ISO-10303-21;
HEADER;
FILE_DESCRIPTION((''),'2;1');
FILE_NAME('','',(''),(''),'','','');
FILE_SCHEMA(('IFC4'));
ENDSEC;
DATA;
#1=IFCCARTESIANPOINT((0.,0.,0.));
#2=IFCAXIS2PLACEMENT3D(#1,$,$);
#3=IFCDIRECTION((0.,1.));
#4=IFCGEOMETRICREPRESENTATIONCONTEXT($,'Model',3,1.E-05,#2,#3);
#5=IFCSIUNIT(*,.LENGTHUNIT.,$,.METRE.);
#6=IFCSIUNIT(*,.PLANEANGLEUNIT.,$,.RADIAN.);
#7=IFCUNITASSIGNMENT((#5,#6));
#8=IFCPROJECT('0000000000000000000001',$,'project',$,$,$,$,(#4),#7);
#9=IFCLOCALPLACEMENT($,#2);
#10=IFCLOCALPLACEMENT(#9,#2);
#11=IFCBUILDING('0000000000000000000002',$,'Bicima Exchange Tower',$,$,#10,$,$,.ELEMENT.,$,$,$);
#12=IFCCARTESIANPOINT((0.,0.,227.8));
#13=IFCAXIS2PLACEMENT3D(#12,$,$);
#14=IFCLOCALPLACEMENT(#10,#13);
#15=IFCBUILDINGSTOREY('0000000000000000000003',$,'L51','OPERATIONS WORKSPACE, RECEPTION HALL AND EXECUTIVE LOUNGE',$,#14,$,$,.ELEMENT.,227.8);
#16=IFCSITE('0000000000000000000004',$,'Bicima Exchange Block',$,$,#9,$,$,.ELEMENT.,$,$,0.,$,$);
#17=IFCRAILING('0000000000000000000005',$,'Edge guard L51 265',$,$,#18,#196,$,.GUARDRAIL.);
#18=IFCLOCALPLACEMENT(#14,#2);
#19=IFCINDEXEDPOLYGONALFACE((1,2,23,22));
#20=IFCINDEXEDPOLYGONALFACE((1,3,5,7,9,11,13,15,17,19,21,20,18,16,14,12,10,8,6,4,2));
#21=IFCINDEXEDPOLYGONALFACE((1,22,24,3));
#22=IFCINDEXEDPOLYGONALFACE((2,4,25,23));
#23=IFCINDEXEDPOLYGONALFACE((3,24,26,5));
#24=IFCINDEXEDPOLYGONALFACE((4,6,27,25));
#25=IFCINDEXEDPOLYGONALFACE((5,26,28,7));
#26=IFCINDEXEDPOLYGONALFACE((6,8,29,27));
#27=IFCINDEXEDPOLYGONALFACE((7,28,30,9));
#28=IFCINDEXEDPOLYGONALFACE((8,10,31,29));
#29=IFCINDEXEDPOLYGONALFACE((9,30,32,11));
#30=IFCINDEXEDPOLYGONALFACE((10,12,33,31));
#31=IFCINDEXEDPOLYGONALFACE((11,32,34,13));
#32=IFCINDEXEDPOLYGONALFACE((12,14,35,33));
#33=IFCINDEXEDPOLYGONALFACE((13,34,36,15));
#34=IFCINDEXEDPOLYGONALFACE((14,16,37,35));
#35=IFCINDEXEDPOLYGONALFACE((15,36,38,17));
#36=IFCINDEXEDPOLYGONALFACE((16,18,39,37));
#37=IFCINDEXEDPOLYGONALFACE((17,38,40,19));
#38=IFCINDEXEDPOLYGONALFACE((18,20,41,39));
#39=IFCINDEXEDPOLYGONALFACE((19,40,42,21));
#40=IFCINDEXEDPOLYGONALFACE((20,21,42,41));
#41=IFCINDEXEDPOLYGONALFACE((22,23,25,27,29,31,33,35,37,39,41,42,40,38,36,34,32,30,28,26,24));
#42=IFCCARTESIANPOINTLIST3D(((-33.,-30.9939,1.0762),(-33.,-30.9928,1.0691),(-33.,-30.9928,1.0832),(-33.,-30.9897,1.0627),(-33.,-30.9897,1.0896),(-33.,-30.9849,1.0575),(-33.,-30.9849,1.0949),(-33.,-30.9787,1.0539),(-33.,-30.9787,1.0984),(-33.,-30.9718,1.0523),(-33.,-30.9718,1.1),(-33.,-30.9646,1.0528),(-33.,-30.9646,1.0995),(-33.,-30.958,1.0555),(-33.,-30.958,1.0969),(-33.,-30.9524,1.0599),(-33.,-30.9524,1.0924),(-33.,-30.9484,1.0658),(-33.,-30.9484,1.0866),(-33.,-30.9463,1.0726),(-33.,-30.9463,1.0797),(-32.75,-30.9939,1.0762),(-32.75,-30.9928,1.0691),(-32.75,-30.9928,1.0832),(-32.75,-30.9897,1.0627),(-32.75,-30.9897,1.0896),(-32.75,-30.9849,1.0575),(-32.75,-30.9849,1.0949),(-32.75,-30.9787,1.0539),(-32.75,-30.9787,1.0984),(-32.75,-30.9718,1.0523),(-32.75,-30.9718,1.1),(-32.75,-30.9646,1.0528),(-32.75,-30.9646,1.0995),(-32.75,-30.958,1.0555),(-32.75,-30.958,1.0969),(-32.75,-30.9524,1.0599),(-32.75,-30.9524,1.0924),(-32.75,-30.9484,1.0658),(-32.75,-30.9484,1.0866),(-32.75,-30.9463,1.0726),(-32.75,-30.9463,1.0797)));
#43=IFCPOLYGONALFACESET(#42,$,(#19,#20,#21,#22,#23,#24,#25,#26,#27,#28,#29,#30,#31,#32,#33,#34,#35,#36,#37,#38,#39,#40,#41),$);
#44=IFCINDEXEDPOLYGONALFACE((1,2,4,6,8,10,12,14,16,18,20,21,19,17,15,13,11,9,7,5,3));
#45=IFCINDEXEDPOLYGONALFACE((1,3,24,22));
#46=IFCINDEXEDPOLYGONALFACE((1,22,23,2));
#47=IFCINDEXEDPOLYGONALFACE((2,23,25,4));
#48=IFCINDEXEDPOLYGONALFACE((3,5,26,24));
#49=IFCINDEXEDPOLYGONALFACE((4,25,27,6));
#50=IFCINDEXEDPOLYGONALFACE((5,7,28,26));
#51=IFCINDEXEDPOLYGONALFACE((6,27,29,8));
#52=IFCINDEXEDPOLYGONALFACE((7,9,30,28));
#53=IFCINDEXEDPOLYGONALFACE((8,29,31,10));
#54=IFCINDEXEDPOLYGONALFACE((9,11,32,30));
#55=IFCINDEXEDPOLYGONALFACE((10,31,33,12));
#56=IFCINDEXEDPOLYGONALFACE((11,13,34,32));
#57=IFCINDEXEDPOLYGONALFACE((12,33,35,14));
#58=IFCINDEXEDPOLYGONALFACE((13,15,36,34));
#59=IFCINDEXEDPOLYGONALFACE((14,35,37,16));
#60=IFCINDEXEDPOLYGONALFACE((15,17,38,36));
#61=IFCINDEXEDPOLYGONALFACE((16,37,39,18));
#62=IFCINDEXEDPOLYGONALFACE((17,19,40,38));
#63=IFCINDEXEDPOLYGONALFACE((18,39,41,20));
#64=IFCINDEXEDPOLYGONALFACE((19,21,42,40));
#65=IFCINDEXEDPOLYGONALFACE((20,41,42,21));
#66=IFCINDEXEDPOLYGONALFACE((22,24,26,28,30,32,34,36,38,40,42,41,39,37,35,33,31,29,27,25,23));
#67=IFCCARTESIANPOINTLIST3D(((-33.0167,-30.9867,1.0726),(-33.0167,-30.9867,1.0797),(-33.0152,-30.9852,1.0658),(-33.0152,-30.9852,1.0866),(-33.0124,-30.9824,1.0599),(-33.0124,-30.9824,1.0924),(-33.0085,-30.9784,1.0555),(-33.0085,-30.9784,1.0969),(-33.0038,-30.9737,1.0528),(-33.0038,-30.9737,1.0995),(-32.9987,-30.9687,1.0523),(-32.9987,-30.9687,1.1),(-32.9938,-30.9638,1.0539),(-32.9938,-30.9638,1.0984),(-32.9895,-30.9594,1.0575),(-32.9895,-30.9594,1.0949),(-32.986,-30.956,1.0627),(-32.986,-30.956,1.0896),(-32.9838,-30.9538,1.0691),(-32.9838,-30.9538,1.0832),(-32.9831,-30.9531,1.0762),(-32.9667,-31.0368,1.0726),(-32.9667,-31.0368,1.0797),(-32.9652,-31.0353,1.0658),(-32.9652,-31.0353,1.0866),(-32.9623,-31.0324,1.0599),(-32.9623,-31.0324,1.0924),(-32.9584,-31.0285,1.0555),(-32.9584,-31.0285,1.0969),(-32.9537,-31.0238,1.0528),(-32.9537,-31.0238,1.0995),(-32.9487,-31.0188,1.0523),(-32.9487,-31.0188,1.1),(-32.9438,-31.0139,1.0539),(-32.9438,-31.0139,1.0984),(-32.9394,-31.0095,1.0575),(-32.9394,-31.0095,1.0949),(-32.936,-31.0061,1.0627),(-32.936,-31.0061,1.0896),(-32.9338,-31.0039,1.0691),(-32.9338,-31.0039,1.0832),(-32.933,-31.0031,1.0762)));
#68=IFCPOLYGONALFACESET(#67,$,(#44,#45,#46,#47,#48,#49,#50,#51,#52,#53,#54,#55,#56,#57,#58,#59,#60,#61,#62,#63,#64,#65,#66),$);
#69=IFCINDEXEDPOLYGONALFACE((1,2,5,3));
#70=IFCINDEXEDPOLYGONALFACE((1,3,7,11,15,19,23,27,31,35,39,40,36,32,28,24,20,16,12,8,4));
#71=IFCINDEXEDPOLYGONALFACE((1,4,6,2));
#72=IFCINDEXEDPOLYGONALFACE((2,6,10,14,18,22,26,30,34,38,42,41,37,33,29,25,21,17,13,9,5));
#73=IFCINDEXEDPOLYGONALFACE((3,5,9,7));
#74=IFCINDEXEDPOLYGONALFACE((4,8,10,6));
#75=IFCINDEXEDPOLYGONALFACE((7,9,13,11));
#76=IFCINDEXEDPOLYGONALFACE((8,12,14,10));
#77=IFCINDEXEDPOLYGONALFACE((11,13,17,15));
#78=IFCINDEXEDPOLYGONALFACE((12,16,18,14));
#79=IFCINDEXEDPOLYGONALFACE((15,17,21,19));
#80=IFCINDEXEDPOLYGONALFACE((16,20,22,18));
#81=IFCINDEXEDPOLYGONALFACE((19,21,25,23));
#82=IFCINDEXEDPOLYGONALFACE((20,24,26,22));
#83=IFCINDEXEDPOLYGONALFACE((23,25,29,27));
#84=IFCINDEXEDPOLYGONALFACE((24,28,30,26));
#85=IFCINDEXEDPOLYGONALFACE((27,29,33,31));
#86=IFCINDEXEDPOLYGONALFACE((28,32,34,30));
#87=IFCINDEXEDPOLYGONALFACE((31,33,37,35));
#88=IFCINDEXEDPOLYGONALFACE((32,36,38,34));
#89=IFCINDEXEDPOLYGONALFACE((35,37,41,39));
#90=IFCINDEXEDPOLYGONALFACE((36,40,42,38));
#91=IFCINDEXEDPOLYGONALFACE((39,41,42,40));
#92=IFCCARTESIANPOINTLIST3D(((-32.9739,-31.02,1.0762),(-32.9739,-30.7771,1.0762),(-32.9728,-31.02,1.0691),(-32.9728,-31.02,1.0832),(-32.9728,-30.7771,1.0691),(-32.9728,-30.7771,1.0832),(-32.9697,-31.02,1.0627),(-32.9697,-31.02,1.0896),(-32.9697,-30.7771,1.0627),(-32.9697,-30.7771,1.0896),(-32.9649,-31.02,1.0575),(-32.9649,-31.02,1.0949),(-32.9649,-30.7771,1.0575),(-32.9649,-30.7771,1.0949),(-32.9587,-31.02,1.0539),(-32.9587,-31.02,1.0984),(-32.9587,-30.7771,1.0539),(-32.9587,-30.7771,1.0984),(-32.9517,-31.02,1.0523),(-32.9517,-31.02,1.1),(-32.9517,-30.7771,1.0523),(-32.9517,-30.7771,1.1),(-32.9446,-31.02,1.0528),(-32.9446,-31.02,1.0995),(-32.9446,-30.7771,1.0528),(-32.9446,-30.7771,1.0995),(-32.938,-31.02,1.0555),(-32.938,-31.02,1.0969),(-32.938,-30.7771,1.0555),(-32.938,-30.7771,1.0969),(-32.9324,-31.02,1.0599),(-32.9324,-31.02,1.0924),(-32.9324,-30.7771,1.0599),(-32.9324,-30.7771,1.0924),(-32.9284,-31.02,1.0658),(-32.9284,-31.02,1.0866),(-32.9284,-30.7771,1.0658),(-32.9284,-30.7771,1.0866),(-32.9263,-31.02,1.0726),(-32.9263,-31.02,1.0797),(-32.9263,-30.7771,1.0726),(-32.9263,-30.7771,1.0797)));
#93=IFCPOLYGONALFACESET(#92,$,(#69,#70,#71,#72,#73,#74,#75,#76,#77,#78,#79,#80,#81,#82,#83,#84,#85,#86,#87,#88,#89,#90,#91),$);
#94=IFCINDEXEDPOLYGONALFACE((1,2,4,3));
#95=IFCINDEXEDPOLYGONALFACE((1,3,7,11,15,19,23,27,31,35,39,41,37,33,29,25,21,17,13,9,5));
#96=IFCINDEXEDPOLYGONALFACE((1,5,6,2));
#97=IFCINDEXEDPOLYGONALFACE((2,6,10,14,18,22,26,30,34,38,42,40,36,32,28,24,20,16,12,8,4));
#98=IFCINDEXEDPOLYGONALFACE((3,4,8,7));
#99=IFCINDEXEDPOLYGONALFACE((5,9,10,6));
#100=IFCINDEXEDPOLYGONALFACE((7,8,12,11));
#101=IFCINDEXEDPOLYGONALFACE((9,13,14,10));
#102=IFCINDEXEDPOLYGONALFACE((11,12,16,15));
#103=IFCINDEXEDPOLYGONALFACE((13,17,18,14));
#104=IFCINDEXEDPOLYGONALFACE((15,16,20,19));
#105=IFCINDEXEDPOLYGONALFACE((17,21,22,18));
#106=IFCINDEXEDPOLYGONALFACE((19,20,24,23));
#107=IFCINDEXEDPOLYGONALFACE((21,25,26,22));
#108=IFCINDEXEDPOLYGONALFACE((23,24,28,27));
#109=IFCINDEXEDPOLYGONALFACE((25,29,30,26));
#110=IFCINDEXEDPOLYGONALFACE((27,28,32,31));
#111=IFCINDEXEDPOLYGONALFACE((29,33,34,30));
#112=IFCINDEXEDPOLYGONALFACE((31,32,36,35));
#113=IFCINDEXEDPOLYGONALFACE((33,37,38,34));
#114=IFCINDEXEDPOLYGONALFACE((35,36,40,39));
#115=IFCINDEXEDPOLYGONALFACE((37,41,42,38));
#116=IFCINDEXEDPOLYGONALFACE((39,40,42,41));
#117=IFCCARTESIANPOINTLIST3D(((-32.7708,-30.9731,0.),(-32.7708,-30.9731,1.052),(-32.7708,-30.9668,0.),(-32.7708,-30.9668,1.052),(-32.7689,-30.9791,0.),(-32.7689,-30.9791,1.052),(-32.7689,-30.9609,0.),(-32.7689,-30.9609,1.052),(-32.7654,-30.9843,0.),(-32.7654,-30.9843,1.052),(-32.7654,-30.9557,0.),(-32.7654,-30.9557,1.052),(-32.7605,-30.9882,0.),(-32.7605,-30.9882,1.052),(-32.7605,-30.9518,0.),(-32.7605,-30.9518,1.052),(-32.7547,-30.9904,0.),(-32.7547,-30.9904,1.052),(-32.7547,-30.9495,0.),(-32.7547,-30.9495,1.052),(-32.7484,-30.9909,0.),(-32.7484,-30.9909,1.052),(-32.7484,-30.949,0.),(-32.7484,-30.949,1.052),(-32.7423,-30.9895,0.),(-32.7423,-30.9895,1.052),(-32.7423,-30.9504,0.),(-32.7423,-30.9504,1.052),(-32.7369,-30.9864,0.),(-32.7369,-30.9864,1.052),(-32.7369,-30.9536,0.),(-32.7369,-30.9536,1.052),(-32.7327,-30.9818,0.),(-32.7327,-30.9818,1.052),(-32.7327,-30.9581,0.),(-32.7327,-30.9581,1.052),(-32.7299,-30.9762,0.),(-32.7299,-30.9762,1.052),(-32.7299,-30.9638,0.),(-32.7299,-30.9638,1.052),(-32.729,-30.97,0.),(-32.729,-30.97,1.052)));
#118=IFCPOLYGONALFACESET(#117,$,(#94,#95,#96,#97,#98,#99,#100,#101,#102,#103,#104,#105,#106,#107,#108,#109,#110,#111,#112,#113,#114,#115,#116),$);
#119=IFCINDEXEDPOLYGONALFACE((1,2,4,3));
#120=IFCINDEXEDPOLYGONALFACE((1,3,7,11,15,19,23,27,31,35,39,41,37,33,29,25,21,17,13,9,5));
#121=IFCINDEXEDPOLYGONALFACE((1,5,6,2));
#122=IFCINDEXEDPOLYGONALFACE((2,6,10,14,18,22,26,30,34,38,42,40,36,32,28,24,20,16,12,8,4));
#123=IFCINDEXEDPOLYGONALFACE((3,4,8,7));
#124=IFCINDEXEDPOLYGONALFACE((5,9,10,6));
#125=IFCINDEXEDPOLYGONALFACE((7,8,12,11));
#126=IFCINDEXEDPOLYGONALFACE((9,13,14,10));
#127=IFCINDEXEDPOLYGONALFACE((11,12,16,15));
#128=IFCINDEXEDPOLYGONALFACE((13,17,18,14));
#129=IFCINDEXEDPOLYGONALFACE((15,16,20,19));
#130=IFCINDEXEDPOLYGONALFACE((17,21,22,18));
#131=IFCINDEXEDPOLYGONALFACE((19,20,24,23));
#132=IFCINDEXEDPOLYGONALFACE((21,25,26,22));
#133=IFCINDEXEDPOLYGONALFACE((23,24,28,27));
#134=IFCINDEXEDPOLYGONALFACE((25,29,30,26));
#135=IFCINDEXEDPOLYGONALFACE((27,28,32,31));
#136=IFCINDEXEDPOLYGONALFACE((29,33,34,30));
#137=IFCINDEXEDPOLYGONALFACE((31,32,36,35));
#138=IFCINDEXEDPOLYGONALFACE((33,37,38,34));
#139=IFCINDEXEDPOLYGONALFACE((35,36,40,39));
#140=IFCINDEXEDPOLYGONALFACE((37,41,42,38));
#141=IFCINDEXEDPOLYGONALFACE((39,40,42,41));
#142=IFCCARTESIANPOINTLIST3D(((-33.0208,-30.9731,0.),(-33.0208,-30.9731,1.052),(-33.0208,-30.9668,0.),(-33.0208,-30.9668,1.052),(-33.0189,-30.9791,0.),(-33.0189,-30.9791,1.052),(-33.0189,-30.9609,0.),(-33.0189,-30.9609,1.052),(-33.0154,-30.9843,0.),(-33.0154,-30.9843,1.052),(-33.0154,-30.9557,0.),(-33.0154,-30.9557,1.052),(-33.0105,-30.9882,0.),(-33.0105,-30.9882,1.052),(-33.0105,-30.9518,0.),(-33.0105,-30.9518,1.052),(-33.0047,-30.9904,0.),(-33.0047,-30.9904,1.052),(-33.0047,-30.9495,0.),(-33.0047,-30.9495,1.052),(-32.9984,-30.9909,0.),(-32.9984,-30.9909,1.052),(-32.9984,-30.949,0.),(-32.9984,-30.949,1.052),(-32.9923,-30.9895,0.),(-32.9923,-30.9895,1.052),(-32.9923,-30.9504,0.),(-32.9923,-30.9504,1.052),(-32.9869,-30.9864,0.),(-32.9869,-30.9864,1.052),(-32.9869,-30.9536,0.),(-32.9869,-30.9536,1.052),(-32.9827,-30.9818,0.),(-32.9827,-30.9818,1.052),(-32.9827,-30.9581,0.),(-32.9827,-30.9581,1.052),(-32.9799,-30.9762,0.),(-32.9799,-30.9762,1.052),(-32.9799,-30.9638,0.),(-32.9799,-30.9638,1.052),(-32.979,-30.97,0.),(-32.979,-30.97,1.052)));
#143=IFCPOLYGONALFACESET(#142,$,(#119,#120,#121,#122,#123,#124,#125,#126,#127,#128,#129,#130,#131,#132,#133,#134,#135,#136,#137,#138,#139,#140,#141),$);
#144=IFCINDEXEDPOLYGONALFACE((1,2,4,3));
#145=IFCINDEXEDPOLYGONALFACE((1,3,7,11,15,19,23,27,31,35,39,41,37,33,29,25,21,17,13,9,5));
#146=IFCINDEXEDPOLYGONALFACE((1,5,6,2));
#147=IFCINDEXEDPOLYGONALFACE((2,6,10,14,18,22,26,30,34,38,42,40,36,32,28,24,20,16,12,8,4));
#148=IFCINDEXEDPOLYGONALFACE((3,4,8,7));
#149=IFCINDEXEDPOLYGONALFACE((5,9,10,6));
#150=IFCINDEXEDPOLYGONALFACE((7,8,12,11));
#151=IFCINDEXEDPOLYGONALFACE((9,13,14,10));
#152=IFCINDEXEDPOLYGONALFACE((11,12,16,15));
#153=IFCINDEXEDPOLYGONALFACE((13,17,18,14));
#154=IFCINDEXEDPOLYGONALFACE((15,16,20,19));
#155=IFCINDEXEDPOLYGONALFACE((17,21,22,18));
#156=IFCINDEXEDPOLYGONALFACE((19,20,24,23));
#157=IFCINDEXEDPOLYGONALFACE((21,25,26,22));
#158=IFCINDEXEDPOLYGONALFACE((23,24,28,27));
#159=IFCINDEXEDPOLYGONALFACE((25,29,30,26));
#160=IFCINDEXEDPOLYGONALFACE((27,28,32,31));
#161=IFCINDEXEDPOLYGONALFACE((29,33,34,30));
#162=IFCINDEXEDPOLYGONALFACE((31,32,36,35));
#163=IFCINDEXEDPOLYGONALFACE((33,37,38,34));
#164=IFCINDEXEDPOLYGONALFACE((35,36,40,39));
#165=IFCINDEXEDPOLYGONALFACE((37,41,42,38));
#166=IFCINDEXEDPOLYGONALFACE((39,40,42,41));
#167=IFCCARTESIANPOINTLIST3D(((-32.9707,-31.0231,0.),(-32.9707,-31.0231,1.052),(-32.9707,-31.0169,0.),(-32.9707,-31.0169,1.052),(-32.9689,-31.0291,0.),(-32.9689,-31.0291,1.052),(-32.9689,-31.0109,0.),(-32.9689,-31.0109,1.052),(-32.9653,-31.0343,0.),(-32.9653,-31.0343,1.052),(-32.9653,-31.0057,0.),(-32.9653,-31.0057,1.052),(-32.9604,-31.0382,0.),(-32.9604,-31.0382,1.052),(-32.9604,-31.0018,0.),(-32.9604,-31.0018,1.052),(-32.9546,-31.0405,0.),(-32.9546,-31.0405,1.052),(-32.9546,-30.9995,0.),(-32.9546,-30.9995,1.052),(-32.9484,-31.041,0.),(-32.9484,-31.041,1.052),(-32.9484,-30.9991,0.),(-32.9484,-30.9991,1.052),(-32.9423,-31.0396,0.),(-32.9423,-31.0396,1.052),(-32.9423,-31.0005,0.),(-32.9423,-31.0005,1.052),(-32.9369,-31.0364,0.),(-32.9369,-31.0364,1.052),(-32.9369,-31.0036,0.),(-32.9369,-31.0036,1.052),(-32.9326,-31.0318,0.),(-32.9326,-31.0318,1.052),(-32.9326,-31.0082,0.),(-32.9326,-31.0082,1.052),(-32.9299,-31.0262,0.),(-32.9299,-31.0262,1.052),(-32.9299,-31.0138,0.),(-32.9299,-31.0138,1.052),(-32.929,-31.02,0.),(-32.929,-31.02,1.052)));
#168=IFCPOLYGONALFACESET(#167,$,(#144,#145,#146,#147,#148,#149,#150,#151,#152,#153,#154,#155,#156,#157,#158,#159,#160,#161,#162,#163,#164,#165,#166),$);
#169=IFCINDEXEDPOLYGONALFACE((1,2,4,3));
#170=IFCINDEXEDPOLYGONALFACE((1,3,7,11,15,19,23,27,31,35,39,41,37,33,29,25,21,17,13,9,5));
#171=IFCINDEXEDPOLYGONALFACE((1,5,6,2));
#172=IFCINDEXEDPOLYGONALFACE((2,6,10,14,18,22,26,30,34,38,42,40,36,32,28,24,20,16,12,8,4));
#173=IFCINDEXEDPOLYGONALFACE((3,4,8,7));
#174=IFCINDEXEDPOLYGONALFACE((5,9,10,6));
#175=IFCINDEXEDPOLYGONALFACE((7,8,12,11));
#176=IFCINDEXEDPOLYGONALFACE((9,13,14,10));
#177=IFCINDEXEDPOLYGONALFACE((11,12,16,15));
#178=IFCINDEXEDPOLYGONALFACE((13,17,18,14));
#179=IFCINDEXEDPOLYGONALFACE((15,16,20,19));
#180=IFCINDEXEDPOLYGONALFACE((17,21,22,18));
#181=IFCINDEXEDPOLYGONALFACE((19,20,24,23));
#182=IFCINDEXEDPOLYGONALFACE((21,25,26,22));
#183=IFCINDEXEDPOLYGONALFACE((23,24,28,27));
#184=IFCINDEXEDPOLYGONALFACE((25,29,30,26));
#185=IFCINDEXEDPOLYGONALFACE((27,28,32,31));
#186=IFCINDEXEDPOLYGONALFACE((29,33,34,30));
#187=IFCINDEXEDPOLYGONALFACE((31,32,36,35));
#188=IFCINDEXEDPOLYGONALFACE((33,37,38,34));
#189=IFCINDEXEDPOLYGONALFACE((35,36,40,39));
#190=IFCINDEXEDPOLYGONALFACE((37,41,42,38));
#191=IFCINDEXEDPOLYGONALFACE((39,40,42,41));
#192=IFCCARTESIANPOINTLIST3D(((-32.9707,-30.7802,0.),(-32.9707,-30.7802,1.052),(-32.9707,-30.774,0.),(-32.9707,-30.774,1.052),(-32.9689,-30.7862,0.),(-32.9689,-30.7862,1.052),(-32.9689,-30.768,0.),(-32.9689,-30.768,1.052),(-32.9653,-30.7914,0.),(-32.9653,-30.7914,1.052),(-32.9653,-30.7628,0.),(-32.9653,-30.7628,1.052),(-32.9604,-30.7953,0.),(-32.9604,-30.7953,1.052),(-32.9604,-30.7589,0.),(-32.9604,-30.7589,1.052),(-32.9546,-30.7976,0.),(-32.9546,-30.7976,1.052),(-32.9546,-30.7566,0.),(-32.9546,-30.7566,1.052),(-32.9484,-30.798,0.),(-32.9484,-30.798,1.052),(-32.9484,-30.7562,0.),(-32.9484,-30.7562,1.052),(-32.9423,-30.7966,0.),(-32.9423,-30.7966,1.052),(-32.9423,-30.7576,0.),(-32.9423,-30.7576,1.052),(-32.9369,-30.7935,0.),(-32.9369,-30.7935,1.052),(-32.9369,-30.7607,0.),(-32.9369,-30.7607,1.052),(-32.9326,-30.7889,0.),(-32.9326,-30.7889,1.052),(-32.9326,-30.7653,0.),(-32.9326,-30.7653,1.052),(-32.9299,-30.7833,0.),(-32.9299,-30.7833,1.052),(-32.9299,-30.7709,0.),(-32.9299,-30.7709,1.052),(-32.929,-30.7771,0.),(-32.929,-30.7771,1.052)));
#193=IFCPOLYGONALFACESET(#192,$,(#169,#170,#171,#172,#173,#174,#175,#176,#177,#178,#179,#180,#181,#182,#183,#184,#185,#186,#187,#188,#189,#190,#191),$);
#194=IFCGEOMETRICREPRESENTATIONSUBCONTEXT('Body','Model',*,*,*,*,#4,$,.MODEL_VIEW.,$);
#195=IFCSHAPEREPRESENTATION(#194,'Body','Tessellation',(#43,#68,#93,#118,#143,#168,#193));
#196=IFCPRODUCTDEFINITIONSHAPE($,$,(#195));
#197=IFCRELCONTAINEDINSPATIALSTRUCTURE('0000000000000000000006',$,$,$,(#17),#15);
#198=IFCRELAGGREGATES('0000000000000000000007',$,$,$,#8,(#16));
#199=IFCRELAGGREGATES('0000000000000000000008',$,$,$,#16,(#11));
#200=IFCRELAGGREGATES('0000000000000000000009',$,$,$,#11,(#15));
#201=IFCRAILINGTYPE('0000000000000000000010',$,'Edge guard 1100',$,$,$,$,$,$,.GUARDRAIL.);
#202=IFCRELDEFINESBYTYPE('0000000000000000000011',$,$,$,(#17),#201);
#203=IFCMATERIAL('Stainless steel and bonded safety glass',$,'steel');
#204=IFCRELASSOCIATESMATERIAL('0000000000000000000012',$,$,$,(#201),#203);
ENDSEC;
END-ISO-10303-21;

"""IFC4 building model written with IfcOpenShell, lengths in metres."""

from ifc_helpers import new_model, si_unit, direction, frame, origin, origin_2d, place, context, subcontext, project, spatial, circle, extrude, material, type_object, element, save


model = new_model("IFC4")

# Units and contexts
model_context = context("Model", 3, precision=1e-05, world=origin(), true_north=direction((0.0, 1.0)))
body_context = subcontext(model_context, "Body", "Model", "MODEL_VIEW")
ifc_project = project(units=[si_unit("LENGTHUNIT", "METRE"), si_unit("PLANEANGLEUNIT", "RADIAN")], contexts=[model_context])

# Site, building, storey
site_placement = place(None, origin())
site = spatial("IfcSite", under=ifc_project, at=site_placement, Name="Bicima Exchange Block", CompositionType="ELEMENT", RefElevation=0.0)
building_placement = place(site_placement, origin())
building = spatial("IfcBuilding", under=site, at=building_placement, Name="Bicima Exchange Tower", CompositionType="ELEMENT")
storey_placement = place(building_placement, frame((0.0, 0.0, 227.8)))
storey = spatial("IfcBuildingStorey", under=building, at=storey_placement, Name="L51", Description="OPERATIONS WORKSPACE, RECEPTION HALL AND EXECUTIVE LOUNGE", CompositionType="ELEMENT", Elevation=227.8)

# Railing
ifc_material_1 = material(Name="Stainless steel and bonded safety glass", Category="steel")
railing_type = type_object("IfcRailingType", Name="Edge guard 1100", PredefinedType="GUARDRAIL", material=ifc_material_1)
railing_1_placement = place(storey_placement, frame((-32.75, -30.97, 0.0)))
element("IfcRailing", 1, at=railing_1_placement, inside=storey, type_object=railing_type, Name="Edge guard L51 265", PredefinedType="GUARDRAIL", context=body_context, shape_type="SweptSolid", body=[
    extrude(circle(Radius=0.0239, at=origin_2d()), frame((0.0, 0.0, 1.0762), z_axis=(-1.0, 0.0, 0.0), x_axis=(0.0, -1.0, 0.0)), (0.0, 0.0, 1.0), 0.25),
    extrude(circle(Radius=0.0239, at=origin_2d()), frame((-0.25, 0.0, 1.0762), z_axis=(0.707107, -0.707107, 0.0), x_axis=(0.707107, 0.707107, 0.0)), (0.0, 0.0, 1.0), 0.0708),
    extrude(circle(Radius=0.0239, at=origin_2d()), frame((-0.2, -0.05, 1.0762), z_axis=(0.0, 1.0, 0.0), x_axis=(-1.0, 0.0, 0.0)), (0.0, 0.0, 1.0), 0.2429),
    extrude(circle(Radius=0.021, at=origin_2d()), origin(), (0.0, 0.0, 1.0), 1.052),
    extrude(circle(Radius=0.021, at=origin_2d()), frame((-0.25, 0.0, 0.0)), (0.0, 0.0, 1.0), 1.052),
    extrude(circle(Radius=0.021, at=origin_2d()), frame((-0.2, -0.05, 0.0)), (0.0, 0.0, 1.0), 1.052),
    extrude(circle(Radius=0.021, at=origin_2d()), frame((-0.2, 0.1929, 0.0)), (0.0, 0.0, 1.0), 1.052),
])

save(model, "model.ifc")
